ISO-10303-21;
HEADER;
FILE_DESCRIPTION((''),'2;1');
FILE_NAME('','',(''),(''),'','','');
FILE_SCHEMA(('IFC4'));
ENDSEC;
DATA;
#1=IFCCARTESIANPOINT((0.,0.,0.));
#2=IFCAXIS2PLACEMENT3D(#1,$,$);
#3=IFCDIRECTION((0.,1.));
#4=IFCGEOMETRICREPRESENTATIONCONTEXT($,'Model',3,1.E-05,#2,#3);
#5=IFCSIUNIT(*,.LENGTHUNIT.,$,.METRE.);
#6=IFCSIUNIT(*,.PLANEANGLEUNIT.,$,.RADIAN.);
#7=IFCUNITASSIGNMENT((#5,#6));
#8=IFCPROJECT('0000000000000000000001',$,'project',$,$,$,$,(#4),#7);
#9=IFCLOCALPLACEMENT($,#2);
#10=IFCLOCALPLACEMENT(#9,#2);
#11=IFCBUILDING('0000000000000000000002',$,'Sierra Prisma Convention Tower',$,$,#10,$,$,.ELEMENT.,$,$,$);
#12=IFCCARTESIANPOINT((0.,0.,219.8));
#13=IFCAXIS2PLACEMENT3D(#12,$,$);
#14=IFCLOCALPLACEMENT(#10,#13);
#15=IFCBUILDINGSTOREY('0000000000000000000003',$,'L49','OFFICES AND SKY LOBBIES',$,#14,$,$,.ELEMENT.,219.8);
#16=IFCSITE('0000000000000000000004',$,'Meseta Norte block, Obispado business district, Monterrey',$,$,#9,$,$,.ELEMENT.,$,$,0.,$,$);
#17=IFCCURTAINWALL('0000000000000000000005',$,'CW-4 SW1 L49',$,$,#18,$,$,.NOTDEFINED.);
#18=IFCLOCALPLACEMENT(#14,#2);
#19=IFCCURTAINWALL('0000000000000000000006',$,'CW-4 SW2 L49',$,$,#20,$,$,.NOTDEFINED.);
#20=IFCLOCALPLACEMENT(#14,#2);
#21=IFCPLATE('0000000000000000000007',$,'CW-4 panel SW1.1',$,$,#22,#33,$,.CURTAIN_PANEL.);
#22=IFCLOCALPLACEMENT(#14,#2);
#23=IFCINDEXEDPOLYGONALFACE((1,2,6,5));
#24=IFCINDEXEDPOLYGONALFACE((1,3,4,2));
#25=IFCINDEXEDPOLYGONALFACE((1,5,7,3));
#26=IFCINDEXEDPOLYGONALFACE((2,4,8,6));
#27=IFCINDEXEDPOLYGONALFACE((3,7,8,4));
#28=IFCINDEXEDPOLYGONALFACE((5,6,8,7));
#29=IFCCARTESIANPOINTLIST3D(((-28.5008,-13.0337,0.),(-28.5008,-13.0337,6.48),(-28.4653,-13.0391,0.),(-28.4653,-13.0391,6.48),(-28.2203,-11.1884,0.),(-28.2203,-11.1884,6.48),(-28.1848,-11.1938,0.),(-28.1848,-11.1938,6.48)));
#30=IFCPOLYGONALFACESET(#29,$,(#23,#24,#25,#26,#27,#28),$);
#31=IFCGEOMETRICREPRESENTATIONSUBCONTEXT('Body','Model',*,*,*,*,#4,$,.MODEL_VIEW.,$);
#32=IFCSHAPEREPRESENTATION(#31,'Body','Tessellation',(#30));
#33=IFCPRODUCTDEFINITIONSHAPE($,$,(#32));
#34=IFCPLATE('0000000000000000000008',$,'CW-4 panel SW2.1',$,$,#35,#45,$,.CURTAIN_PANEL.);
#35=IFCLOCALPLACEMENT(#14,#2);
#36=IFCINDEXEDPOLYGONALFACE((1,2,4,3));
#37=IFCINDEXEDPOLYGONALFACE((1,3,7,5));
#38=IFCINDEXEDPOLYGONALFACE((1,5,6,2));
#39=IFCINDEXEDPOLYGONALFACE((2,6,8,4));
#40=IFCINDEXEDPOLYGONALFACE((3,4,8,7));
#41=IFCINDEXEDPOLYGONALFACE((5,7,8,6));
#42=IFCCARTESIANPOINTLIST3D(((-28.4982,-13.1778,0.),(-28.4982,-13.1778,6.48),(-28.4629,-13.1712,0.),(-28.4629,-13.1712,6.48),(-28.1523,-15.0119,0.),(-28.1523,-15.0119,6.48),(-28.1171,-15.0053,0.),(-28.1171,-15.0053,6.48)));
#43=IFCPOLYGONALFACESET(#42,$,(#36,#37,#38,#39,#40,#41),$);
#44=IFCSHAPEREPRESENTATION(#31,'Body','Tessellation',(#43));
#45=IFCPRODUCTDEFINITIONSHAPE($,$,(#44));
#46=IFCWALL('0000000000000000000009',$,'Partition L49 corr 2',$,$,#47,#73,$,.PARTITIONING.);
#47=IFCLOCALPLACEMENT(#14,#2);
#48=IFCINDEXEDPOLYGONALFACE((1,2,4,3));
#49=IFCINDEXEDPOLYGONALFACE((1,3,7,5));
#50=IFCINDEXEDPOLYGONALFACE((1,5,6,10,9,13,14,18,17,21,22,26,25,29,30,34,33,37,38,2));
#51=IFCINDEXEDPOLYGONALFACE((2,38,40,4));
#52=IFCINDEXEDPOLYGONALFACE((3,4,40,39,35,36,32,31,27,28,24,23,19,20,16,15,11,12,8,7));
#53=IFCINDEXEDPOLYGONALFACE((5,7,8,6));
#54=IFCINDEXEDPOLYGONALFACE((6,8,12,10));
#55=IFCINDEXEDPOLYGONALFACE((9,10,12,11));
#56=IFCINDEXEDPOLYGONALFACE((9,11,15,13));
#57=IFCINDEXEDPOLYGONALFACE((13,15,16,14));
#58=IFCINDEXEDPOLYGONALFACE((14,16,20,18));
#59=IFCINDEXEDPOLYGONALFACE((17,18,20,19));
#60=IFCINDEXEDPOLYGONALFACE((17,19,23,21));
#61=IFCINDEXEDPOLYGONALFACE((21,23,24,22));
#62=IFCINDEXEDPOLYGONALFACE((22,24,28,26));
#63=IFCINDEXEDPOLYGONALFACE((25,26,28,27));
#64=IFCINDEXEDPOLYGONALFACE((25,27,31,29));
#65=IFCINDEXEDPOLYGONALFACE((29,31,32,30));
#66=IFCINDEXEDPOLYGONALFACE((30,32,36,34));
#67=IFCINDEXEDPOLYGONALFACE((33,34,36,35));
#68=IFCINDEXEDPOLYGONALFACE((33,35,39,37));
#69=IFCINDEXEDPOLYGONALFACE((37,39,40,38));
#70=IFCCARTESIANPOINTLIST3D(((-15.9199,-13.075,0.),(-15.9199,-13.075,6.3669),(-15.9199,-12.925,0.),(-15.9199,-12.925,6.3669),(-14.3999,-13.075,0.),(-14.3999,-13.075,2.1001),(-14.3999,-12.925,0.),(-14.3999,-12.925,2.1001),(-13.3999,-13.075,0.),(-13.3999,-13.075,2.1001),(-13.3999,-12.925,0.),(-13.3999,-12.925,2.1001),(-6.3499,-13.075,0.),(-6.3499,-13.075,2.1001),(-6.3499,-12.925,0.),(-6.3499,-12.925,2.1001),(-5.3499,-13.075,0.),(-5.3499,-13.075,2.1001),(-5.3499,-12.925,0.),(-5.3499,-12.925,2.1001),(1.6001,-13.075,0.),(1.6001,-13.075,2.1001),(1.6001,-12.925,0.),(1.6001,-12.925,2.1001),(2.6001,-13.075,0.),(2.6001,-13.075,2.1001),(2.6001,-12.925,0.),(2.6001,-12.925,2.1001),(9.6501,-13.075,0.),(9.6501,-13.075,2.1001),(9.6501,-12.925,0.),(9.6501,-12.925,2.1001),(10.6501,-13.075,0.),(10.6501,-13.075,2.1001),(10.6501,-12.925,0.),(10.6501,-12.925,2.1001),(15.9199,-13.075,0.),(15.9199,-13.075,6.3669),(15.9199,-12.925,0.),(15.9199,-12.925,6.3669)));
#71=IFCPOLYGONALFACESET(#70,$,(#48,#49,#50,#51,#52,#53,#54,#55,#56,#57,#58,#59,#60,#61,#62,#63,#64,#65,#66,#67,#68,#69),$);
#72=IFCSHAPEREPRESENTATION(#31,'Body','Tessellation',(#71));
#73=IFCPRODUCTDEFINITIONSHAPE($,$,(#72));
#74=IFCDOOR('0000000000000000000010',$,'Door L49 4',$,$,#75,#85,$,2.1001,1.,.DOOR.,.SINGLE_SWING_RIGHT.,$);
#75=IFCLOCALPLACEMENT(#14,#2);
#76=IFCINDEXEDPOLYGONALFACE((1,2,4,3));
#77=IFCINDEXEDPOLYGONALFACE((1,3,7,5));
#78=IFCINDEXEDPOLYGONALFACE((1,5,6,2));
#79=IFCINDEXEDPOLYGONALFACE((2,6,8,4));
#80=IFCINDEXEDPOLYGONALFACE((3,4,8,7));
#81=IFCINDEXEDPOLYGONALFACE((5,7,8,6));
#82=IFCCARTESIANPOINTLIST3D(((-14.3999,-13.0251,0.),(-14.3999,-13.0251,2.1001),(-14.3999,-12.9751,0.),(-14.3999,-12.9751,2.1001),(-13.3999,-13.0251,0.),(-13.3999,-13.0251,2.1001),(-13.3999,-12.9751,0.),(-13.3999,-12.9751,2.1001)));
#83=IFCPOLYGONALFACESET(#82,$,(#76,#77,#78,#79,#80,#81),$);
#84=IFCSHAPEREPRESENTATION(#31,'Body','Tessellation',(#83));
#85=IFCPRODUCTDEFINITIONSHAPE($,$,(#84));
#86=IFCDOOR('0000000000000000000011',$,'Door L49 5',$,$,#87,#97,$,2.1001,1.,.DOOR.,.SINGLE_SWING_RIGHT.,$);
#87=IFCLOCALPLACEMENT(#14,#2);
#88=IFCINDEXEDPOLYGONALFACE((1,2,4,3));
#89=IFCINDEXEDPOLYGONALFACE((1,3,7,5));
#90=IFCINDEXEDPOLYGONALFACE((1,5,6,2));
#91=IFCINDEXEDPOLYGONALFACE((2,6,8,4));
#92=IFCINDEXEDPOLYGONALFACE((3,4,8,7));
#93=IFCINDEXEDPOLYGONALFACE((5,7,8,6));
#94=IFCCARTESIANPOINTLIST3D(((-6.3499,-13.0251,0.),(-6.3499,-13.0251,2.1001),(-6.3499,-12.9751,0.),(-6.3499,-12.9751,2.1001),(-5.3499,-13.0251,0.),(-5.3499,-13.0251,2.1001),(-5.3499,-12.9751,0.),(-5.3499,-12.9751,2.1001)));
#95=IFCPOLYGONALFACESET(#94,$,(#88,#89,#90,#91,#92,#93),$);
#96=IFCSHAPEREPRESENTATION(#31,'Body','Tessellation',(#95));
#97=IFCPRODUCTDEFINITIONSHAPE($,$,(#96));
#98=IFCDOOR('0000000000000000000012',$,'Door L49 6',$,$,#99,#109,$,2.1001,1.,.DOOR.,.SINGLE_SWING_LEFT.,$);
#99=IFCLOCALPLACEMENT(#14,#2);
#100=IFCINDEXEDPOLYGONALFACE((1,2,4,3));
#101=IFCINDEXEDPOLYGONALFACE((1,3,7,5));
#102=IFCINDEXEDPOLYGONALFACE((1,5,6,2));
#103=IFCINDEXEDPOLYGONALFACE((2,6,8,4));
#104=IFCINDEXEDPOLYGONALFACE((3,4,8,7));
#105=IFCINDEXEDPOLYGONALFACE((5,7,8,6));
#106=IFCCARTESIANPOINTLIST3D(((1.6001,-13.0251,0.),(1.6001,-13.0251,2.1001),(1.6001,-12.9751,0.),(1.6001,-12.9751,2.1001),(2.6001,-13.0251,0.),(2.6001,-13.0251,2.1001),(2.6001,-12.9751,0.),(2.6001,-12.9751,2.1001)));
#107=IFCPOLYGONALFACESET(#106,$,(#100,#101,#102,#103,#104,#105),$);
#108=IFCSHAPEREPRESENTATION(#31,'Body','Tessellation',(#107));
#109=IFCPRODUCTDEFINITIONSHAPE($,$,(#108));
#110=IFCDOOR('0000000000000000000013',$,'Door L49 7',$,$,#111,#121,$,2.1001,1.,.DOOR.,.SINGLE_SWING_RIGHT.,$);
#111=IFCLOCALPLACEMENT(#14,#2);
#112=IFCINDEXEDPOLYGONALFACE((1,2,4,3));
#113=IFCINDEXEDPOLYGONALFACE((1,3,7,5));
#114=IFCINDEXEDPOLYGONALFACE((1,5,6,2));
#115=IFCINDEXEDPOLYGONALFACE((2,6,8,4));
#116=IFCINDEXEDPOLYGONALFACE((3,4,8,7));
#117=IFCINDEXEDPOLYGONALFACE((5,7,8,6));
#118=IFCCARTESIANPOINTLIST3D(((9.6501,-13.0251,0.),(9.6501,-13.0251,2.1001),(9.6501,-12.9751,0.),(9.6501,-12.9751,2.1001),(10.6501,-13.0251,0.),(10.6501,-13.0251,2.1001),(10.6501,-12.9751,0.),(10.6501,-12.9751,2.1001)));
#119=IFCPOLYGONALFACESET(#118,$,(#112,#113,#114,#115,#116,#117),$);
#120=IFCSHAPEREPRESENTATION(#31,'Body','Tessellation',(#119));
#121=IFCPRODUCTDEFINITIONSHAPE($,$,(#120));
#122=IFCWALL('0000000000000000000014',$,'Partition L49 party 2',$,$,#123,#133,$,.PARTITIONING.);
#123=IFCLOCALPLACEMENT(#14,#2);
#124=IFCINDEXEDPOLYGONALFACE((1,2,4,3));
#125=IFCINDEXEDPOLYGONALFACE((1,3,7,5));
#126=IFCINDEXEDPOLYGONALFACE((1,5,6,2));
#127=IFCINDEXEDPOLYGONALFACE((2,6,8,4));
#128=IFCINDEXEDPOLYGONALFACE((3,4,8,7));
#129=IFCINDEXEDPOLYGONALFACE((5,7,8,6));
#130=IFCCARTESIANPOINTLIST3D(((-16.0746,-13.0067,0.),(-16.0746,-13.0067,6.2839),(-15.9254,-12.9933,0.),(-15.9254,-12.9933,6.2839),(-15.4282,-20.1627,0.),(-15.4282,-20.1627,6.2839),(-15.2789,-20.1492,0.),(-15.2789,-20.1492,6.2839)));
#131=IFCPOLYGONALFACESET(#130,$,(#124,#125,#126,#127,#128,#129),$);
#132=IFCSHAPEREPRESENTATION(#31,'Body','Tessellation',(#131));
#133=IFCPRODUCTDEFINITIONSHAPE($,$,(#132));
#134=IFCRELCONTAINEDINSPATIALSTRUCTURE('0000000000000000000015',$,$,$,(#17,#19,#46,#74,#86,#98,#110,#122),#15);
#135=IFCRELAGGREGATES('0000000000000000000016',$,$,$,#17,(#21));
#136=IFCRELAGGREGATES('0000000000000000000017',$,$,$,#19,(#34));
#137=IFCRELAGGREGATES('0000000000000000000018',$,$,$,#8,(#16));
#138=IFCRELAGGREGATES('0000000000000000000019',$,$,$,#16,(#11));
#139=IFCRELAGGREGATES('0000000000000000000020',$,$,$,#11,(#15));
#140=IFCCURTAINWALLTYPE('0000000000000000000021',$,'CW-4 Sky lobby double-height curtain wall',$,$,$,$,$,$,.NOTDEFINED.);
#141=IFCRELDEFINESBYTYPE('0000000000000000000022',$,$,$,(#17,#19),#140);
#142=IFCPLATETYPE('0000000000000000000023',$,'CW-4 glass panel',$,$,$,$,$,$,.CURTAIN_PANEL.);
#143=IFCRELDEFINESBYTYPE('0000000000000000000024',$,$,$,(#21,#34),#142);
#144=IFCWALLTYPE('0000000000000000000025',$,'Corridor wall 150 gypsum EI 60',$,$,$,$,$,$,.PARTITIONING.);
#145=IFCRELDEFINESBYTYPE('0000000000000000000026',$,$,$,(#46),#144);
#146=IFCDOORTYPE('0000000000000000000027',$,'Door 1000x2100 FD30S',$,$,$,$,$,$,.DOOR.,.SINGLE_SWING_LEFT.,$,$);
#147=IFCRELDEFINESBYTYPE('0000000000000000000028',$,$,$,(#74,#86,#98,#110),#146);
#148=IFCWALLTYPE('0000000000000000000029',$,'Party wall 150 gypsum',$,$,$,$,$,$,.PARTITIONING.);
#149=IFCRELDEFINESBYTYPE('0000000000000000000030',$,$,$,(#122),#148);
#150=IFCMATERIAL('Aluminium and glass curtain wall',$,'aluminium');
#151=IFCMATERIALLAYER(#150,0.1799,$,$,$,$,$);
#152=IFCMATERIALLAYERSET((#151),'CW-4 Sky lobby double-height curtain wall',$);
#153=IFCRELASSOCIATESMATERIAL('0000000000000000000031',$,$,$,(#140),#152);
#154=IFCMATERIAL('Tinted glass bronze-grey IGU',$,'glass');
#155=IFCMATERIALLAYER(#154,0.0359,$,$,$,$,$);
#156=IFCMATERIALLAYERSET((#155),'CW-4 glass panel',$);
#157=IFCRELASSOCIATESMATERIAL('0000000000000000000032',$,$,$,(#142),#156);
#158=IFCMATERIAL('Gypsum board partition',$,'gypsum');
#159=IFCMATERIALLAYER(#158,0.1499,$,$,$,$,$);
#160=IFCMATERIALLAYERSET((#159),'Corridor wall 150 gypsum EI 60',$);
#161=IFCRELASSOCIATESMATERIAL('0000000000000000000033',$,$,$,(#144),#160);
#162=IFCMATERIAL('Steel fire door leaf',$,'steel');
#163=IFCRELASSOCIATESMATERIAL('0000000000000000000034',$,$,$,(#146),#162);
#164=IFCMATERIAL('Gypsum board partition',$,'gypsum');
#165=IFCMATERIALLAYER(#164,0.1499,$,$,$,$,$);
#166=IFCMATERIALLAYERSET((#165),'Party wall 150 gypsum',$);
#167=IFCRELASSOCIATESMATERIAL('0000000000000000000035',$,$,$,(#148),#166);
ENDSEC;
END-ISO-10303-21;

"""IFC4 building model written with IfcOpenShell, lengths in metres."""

from ifc_helpers import new_model, si_unit, direction, frame, frame_2d, origin, origin_2d, place, context, subcontext, project, spatial, rectangle, extrude, material, layer, layer_set, type_object, element, fill, aggregate, save


model = new_model("IFC4")

# Units and contexts
model_context = context("Model", 3, precision=1e-05, world=origin(), true_north=direction((0.0, 1.0)))
body_context = subcontext(model_context, "Body", "Model", "MODEL_VIEW")
ifc_project = project(units=[si_unit("LENGTHUNIT", "METRE"), si_unit("PLANEANGLEUNIT", "RADIAN")], contexts=[model_context])

# Site, building, storey
site_placement = place(None, origin())
site = spatial("IfcSite", under=ifc_project, at=site_placement, Name="Meseta Norte block, Obispado business district, Monterrey", CompositionType="ELEMENT", RefElevation=0.0)
building_placement = place(site_placement, origin())
building = spatial("IfcBuilding", under=site, at=building_placement, Name="Sierra Prisma Convention Tower", CompositionType="ELEMENT")
storey_placement = place(building_placement, frame((0.0, 0.0, 219.8)))
storey = spatial("IfcBuildingStorey", under=building, at=storey_placement, Name="L49", Description="OFFICES AND SKY LOBBIES", CompositionType="ELEMENT", Elevation=219.8)

# Curtain walls
ifc_material_1 = material(Name="Aluminium and glass curtain wall", Category="aluminium")
ifc_layer_1 = layer(ifc_material_1, 0.1799)
ifc_layer_set_1 = layer_set([ifc_layer_1], Name="CW-4 Sky lobby double-height curtain wall")
curtain_wall_type = type_object("IfcCurtainWallType", Name="CW-4 Sky lobby double-height curtain wall", PredefinedType="NOTDEFINED", material=ifc_layer_set_1)
curtain_wall_1_placement = place(storey_placement, origin())
curtain_wall_1 = element("IfcCurtainWall", 1, at=curtain_wall_1_placement, inside=storey, type_object=curtain_wall_type, Name="CW-4 SW1 L49", PredefinedType="NOTDEFINED")
curtain_wall_2_placement = place(storey_placement, origin())
curtain_wall_2 = element("IfcCurtainWall", 2, at=curtain_wall_2_placement, inside=storey, type_object=curtain_wall_type, Name="CW-4 SW2 L49", PredefinedType="NOTDEFINED")

# Plates
ifc_material_2 = material(Name="Tinted glass bronze-grey IGU", Category="glass")
ifc_layer_2 = layer(ifc_material_2, 0.0359)
ifc_layer_set_2 = layer_set([ifc_layer_2], Name="CW-4 glass panel")
plate_type = type_object("IfcPlateType", Name="CW-4 glass panel", PredefinedType="CURTAIN_PANEL", material=ifc_layer_set_2)
plate_1_placement = place(storey_placement, frame((-28.3428, -12.1138, 0.0), z_axis=(0.0, 0.0, 1.0), x_axis=(-0.150276, -0.988644, 0.0)))
plate_1 = element("IfcPlate", 3, at=plate_1_placement, type_object=plate_type, Name="CW-4 panel SW1.1", PredefinedType="CURTAIN_PANEL", context=body_context, shape_type="SweptSolid", body=[
    extrude(rectangle(XDim=1.8665, YDim=0.0359, at=origin_2d()), origin(), (0.0, 0.0, 1.0), 6.48),
])
aggregate(curtain_wall_1, [plate_1])
plate_2_placement = place(storey_placement, frame((-28.3076, -14.0916, 0.0), z_axis=(0.0, 0.0, 1.0), x_axis=(0.185299, -0.982682, 0.0)))
plate_2 = element("IfcPlate", 4, at=plate_2_placement, type_object=plate_type, Name="CW-4 panel SW2.1", PredefinedType="CURTAIN_PANEL", context=body_context, shape_type="SweptSolid", body=[
    extrude(rectangle(XDim=1.8665, YDim=0.0359, at=origin_2d()), origin(), (0.0, 0.0, 1.0), 6.48),
])
aggregate(curtain_wall_2, [plate_2])

# Wall, openings, doors
ifc_material_3 = material(Name="Gypsum board partition", Category="gypsum")
ifc_layer_3 = layer(ifc_material_3, 0.1499)
ifc_layer_set_3 = layer_set([ifc_layer_3], Name="Corridor wall 150 gypsum EI 60")
wall_type_1 = type_object("IfcWallType", Name="Corridor wall 150 gypsum EI 60", PredefinedType="PARTITIONING", material=ifc_layer_set_3)
wall_1_placement = place(storey_placement, frame((-15.9199, -13.0, 0.0), z_axis=(0.0, 0.0, 1.0), x_axis=(1.0, 0.0, 0.0)))
wall_1 = element("IfcWall", 5, at=wall_1_placement, inside=storey, type_object=wall_type_1, Name="Partition L49 corr 2", PredefinedType="PARTITIONING", context=body_context, shape_type="SweptSolid", body=[
    extrude(rectangle(XDim=31.8398, YDim=0.1499, at=frame_2d((15.9199, 0.0))), origin(), (0.0, 0.0, 1.0), 6.3669),
])
opening_1_placement = place(wall_1_placement, frame((1.52, 0.0, 0.0)))
opening_1 = element("IfcOpeningElement", 6, at=opening_1_placement, cuts=wall_1, PredefinedType="OPENING", context=body_context, shape_type="SweptSolid", body=[
    extrude(rectangle(XDim=1.0, YDim=2.1001, at=frame_2d((0.5, 1.05))), frame((0.0, 0.075, 0.0), z_axis=(0.0, -1.0, 0.0), x_axis=(1.0, 0.0, 0.0)), (0.0, 0.0, 1.0), 0.1499),
])
opening_2_placement = place(wall_1_placement, frame((9.5701, 0.0, 0.0)))
opening_2 = element("IfcOpeningElement", 7, at=opening_2_placement, cuts=wall_1, PredefinedType="OPENING", context=body_context, shape_type="SweptSolid", body=[
    extrude(rectangle(XDim=1.0, YDim=2.1001, at=frame_2d((0.5, 1.05))), frame((0.0, 0.075, 0.0), z_axis=(0.0, -1.0, 0.0), x_axis=(1.0, 0.0, 0.0)), (0.0, 0.0, 1.0), 0.1499),
])
opening_3_placement = place(wall_1_placement, frame((17.52, 0.0, 0.0)))
opening_3 = element("IfcOpeningElement", 8, at=opening_3_placement, cuts=wall_1, PredefinedType="OPENING", context=body_context, shape_type="SweptSolid", body=[
    extrude(rectangle(XDim=1.0, YDim=2.1001, at=frame_2d((0.5, 1.05))), frame((0.0, 0.075, 0.0), z_axis=(0.0, -1.0, 0.0), x_axis=(1.0, 0.0, 0.0)), (0.0, 0.0, 1.0), 0.1499),
])
opening_4_placement = place(wall_1_placement, frame((25.5701, 0.0, 0.0)))
opening_4 = element("IfcOpeningElement", 9, at=opening_4_placement, cuts=wall_1, PredefinedType="OPENING", context=body_context, shape_type="SweptSolid", body=[
    extrude(rectangle(XDim=1.0, YDim=2.1001, at=frame_2d((0.5, 1.05))), frame((0.0, 0.075, 0.0), z_axis=(0.0, -1.0, 0.0), x_axis=(1.0, 0.0, 0.0)), (0.0, 0.0, 1.0), 0.1499),
])
ifc_material_4 = material(Name="Steel fire door leaf", Category="steel")
door_type = type_object("IfcDoorType", Name="Door 1000x2100 FD30S", OperationType="SINGLE_SWING_LEFT", PredefinedType="DOOR", material=ifc_material_4)
door_1_placement = place(opening_1_placement, origin())
door_1 = element("IfcDoor", 10, at=door_1_placement, inside=storey, type_object=door_type, Name="Door L49 4", OperationType="SINGLE_SWING_RIGHT", OverallHeight=2.1001, OverallWidth=1.0, PredefinedType="DOOR", context=body_context, shape_type="SweptSolid", body=[
    extrude(rectangle(XDim=1.0, YDim=2.1001, at=frame_2d((0.5, 1.05))), frame((0.0, 0.0249, 0.0), z_axis=(0.0, -1.0, 0.0), x_axis=(1.0, 0.0, 0.0)), (0.0, 0.0, 1.0), 0.05),
])
fill(opening_1, door_1)
door_2_placement = place(opening_2_placement, origin())
door_2 = element("IfcDoor", 11, at=door_2_placement, inside=storey, type_object=door_type, Name="Door L49 5", OperationType="SINGLE_SWING_RIGHT", OverallHeight=2.1001, OverallWidth=1.0, PredefinedType="DOOR", context=body_context, shape_type="SweptSolid", body=[
    extrude(rectangle(XDim=1.0, YDim=2.1001, at=frame_2d((0.5, 1.05))), frame((0.0, 0.0249, 0.0), z_axis=(0.0, -1.0, 0.0), x_axis=(1.0, 0.0, 0.0)), (0.0, 0.0, 1.0), 0.05),
])
fill(opening_2, door_2)
door_3_placement = place(opening_3_placement, origin())
door_3 = element("IfcDoor", 12, at=door_3_placement, inside=storey, type_object=door_type, Name="Door L49 6", OperationType="SINGLE_SWING_LEFT", OverallHeight=2.1001, OverallWidth=1.0, PredefinedType="DOOR", context=body_context, shape_type="SweptSolid", body=[
    extrude(rectangle(XDim=1.0, YDim=2.1001, at=frame_2d((0.5, 1.05))), frame((0.0, 0.0249, 0.0), z_axis=(0.0, -1.0, 0.0), x_axis=(1.0, 0.0, 0.0)), (0.0, 0.0, 1.0), 0.05),
])
fill(opening_3, door_3)
door_4_placement = place(opening_4_placement, origin())
door_4 = element("IfcDoor", 13, at=door_4_placement, inside=storey, type_object=door_type, Name="Door L49 7", OperationType="SINGLE_SWING_RIGHT", OverallHeight=2.1001, OverallWidth=1.0, PredefinedType="DOOR", context=body_context, shape_type="SweptSolid", body=[
    extrude(rectangle(XDim=1.0, YDim=2.1001, at=frame_2d((0.5, 1.05))), frame((0.0, 0.0249, 0.0), z_axis=(0.0, -1.0, 0.0), x_axis=(1.0, 0.0, 0.0)), (0.0, 0.0, 1.0), 0.05),
])
fill(opening_4, door_4)

# Wall
ifc_material_5 = material(Name="Gypsum board partition", Category="gypsum")
ifc_layer_4 = layer(ifc_material_5, 0.1499)
ifc_layer_set_4 = layer_set([ifc_layer_4], Name="Party wall 150 gypsum")
wall_type_2 = type_object("IfcWallType", Name="Party wall 150 gypsum", PredefinedType="PARTITIONING", material=ifc_layer_set_4)
wall_2_placement = place(storey_placement, frame((-16.0, -13.0, 0.0), z_axis=(0.0, 0.0, 1.0), x_axis=(0.089975, -0.995944, 0.0)))
element("IfcWall", 14, at=wall_2_placement, inside=storey, type_object=wall_type_2, Name="Partition L49 party 2", PredefinedType="PARTITIONING", context=body_context, shape_type="SweptSolid", body=[
    extrude(rectangle(XDim=7.1851, YDim=0.1499, at=frame_2d((3.5925, 0.0))), origin(), (0.0, 0.0, 1.0), 6.2839),
])

save(model, "model.ifc")
